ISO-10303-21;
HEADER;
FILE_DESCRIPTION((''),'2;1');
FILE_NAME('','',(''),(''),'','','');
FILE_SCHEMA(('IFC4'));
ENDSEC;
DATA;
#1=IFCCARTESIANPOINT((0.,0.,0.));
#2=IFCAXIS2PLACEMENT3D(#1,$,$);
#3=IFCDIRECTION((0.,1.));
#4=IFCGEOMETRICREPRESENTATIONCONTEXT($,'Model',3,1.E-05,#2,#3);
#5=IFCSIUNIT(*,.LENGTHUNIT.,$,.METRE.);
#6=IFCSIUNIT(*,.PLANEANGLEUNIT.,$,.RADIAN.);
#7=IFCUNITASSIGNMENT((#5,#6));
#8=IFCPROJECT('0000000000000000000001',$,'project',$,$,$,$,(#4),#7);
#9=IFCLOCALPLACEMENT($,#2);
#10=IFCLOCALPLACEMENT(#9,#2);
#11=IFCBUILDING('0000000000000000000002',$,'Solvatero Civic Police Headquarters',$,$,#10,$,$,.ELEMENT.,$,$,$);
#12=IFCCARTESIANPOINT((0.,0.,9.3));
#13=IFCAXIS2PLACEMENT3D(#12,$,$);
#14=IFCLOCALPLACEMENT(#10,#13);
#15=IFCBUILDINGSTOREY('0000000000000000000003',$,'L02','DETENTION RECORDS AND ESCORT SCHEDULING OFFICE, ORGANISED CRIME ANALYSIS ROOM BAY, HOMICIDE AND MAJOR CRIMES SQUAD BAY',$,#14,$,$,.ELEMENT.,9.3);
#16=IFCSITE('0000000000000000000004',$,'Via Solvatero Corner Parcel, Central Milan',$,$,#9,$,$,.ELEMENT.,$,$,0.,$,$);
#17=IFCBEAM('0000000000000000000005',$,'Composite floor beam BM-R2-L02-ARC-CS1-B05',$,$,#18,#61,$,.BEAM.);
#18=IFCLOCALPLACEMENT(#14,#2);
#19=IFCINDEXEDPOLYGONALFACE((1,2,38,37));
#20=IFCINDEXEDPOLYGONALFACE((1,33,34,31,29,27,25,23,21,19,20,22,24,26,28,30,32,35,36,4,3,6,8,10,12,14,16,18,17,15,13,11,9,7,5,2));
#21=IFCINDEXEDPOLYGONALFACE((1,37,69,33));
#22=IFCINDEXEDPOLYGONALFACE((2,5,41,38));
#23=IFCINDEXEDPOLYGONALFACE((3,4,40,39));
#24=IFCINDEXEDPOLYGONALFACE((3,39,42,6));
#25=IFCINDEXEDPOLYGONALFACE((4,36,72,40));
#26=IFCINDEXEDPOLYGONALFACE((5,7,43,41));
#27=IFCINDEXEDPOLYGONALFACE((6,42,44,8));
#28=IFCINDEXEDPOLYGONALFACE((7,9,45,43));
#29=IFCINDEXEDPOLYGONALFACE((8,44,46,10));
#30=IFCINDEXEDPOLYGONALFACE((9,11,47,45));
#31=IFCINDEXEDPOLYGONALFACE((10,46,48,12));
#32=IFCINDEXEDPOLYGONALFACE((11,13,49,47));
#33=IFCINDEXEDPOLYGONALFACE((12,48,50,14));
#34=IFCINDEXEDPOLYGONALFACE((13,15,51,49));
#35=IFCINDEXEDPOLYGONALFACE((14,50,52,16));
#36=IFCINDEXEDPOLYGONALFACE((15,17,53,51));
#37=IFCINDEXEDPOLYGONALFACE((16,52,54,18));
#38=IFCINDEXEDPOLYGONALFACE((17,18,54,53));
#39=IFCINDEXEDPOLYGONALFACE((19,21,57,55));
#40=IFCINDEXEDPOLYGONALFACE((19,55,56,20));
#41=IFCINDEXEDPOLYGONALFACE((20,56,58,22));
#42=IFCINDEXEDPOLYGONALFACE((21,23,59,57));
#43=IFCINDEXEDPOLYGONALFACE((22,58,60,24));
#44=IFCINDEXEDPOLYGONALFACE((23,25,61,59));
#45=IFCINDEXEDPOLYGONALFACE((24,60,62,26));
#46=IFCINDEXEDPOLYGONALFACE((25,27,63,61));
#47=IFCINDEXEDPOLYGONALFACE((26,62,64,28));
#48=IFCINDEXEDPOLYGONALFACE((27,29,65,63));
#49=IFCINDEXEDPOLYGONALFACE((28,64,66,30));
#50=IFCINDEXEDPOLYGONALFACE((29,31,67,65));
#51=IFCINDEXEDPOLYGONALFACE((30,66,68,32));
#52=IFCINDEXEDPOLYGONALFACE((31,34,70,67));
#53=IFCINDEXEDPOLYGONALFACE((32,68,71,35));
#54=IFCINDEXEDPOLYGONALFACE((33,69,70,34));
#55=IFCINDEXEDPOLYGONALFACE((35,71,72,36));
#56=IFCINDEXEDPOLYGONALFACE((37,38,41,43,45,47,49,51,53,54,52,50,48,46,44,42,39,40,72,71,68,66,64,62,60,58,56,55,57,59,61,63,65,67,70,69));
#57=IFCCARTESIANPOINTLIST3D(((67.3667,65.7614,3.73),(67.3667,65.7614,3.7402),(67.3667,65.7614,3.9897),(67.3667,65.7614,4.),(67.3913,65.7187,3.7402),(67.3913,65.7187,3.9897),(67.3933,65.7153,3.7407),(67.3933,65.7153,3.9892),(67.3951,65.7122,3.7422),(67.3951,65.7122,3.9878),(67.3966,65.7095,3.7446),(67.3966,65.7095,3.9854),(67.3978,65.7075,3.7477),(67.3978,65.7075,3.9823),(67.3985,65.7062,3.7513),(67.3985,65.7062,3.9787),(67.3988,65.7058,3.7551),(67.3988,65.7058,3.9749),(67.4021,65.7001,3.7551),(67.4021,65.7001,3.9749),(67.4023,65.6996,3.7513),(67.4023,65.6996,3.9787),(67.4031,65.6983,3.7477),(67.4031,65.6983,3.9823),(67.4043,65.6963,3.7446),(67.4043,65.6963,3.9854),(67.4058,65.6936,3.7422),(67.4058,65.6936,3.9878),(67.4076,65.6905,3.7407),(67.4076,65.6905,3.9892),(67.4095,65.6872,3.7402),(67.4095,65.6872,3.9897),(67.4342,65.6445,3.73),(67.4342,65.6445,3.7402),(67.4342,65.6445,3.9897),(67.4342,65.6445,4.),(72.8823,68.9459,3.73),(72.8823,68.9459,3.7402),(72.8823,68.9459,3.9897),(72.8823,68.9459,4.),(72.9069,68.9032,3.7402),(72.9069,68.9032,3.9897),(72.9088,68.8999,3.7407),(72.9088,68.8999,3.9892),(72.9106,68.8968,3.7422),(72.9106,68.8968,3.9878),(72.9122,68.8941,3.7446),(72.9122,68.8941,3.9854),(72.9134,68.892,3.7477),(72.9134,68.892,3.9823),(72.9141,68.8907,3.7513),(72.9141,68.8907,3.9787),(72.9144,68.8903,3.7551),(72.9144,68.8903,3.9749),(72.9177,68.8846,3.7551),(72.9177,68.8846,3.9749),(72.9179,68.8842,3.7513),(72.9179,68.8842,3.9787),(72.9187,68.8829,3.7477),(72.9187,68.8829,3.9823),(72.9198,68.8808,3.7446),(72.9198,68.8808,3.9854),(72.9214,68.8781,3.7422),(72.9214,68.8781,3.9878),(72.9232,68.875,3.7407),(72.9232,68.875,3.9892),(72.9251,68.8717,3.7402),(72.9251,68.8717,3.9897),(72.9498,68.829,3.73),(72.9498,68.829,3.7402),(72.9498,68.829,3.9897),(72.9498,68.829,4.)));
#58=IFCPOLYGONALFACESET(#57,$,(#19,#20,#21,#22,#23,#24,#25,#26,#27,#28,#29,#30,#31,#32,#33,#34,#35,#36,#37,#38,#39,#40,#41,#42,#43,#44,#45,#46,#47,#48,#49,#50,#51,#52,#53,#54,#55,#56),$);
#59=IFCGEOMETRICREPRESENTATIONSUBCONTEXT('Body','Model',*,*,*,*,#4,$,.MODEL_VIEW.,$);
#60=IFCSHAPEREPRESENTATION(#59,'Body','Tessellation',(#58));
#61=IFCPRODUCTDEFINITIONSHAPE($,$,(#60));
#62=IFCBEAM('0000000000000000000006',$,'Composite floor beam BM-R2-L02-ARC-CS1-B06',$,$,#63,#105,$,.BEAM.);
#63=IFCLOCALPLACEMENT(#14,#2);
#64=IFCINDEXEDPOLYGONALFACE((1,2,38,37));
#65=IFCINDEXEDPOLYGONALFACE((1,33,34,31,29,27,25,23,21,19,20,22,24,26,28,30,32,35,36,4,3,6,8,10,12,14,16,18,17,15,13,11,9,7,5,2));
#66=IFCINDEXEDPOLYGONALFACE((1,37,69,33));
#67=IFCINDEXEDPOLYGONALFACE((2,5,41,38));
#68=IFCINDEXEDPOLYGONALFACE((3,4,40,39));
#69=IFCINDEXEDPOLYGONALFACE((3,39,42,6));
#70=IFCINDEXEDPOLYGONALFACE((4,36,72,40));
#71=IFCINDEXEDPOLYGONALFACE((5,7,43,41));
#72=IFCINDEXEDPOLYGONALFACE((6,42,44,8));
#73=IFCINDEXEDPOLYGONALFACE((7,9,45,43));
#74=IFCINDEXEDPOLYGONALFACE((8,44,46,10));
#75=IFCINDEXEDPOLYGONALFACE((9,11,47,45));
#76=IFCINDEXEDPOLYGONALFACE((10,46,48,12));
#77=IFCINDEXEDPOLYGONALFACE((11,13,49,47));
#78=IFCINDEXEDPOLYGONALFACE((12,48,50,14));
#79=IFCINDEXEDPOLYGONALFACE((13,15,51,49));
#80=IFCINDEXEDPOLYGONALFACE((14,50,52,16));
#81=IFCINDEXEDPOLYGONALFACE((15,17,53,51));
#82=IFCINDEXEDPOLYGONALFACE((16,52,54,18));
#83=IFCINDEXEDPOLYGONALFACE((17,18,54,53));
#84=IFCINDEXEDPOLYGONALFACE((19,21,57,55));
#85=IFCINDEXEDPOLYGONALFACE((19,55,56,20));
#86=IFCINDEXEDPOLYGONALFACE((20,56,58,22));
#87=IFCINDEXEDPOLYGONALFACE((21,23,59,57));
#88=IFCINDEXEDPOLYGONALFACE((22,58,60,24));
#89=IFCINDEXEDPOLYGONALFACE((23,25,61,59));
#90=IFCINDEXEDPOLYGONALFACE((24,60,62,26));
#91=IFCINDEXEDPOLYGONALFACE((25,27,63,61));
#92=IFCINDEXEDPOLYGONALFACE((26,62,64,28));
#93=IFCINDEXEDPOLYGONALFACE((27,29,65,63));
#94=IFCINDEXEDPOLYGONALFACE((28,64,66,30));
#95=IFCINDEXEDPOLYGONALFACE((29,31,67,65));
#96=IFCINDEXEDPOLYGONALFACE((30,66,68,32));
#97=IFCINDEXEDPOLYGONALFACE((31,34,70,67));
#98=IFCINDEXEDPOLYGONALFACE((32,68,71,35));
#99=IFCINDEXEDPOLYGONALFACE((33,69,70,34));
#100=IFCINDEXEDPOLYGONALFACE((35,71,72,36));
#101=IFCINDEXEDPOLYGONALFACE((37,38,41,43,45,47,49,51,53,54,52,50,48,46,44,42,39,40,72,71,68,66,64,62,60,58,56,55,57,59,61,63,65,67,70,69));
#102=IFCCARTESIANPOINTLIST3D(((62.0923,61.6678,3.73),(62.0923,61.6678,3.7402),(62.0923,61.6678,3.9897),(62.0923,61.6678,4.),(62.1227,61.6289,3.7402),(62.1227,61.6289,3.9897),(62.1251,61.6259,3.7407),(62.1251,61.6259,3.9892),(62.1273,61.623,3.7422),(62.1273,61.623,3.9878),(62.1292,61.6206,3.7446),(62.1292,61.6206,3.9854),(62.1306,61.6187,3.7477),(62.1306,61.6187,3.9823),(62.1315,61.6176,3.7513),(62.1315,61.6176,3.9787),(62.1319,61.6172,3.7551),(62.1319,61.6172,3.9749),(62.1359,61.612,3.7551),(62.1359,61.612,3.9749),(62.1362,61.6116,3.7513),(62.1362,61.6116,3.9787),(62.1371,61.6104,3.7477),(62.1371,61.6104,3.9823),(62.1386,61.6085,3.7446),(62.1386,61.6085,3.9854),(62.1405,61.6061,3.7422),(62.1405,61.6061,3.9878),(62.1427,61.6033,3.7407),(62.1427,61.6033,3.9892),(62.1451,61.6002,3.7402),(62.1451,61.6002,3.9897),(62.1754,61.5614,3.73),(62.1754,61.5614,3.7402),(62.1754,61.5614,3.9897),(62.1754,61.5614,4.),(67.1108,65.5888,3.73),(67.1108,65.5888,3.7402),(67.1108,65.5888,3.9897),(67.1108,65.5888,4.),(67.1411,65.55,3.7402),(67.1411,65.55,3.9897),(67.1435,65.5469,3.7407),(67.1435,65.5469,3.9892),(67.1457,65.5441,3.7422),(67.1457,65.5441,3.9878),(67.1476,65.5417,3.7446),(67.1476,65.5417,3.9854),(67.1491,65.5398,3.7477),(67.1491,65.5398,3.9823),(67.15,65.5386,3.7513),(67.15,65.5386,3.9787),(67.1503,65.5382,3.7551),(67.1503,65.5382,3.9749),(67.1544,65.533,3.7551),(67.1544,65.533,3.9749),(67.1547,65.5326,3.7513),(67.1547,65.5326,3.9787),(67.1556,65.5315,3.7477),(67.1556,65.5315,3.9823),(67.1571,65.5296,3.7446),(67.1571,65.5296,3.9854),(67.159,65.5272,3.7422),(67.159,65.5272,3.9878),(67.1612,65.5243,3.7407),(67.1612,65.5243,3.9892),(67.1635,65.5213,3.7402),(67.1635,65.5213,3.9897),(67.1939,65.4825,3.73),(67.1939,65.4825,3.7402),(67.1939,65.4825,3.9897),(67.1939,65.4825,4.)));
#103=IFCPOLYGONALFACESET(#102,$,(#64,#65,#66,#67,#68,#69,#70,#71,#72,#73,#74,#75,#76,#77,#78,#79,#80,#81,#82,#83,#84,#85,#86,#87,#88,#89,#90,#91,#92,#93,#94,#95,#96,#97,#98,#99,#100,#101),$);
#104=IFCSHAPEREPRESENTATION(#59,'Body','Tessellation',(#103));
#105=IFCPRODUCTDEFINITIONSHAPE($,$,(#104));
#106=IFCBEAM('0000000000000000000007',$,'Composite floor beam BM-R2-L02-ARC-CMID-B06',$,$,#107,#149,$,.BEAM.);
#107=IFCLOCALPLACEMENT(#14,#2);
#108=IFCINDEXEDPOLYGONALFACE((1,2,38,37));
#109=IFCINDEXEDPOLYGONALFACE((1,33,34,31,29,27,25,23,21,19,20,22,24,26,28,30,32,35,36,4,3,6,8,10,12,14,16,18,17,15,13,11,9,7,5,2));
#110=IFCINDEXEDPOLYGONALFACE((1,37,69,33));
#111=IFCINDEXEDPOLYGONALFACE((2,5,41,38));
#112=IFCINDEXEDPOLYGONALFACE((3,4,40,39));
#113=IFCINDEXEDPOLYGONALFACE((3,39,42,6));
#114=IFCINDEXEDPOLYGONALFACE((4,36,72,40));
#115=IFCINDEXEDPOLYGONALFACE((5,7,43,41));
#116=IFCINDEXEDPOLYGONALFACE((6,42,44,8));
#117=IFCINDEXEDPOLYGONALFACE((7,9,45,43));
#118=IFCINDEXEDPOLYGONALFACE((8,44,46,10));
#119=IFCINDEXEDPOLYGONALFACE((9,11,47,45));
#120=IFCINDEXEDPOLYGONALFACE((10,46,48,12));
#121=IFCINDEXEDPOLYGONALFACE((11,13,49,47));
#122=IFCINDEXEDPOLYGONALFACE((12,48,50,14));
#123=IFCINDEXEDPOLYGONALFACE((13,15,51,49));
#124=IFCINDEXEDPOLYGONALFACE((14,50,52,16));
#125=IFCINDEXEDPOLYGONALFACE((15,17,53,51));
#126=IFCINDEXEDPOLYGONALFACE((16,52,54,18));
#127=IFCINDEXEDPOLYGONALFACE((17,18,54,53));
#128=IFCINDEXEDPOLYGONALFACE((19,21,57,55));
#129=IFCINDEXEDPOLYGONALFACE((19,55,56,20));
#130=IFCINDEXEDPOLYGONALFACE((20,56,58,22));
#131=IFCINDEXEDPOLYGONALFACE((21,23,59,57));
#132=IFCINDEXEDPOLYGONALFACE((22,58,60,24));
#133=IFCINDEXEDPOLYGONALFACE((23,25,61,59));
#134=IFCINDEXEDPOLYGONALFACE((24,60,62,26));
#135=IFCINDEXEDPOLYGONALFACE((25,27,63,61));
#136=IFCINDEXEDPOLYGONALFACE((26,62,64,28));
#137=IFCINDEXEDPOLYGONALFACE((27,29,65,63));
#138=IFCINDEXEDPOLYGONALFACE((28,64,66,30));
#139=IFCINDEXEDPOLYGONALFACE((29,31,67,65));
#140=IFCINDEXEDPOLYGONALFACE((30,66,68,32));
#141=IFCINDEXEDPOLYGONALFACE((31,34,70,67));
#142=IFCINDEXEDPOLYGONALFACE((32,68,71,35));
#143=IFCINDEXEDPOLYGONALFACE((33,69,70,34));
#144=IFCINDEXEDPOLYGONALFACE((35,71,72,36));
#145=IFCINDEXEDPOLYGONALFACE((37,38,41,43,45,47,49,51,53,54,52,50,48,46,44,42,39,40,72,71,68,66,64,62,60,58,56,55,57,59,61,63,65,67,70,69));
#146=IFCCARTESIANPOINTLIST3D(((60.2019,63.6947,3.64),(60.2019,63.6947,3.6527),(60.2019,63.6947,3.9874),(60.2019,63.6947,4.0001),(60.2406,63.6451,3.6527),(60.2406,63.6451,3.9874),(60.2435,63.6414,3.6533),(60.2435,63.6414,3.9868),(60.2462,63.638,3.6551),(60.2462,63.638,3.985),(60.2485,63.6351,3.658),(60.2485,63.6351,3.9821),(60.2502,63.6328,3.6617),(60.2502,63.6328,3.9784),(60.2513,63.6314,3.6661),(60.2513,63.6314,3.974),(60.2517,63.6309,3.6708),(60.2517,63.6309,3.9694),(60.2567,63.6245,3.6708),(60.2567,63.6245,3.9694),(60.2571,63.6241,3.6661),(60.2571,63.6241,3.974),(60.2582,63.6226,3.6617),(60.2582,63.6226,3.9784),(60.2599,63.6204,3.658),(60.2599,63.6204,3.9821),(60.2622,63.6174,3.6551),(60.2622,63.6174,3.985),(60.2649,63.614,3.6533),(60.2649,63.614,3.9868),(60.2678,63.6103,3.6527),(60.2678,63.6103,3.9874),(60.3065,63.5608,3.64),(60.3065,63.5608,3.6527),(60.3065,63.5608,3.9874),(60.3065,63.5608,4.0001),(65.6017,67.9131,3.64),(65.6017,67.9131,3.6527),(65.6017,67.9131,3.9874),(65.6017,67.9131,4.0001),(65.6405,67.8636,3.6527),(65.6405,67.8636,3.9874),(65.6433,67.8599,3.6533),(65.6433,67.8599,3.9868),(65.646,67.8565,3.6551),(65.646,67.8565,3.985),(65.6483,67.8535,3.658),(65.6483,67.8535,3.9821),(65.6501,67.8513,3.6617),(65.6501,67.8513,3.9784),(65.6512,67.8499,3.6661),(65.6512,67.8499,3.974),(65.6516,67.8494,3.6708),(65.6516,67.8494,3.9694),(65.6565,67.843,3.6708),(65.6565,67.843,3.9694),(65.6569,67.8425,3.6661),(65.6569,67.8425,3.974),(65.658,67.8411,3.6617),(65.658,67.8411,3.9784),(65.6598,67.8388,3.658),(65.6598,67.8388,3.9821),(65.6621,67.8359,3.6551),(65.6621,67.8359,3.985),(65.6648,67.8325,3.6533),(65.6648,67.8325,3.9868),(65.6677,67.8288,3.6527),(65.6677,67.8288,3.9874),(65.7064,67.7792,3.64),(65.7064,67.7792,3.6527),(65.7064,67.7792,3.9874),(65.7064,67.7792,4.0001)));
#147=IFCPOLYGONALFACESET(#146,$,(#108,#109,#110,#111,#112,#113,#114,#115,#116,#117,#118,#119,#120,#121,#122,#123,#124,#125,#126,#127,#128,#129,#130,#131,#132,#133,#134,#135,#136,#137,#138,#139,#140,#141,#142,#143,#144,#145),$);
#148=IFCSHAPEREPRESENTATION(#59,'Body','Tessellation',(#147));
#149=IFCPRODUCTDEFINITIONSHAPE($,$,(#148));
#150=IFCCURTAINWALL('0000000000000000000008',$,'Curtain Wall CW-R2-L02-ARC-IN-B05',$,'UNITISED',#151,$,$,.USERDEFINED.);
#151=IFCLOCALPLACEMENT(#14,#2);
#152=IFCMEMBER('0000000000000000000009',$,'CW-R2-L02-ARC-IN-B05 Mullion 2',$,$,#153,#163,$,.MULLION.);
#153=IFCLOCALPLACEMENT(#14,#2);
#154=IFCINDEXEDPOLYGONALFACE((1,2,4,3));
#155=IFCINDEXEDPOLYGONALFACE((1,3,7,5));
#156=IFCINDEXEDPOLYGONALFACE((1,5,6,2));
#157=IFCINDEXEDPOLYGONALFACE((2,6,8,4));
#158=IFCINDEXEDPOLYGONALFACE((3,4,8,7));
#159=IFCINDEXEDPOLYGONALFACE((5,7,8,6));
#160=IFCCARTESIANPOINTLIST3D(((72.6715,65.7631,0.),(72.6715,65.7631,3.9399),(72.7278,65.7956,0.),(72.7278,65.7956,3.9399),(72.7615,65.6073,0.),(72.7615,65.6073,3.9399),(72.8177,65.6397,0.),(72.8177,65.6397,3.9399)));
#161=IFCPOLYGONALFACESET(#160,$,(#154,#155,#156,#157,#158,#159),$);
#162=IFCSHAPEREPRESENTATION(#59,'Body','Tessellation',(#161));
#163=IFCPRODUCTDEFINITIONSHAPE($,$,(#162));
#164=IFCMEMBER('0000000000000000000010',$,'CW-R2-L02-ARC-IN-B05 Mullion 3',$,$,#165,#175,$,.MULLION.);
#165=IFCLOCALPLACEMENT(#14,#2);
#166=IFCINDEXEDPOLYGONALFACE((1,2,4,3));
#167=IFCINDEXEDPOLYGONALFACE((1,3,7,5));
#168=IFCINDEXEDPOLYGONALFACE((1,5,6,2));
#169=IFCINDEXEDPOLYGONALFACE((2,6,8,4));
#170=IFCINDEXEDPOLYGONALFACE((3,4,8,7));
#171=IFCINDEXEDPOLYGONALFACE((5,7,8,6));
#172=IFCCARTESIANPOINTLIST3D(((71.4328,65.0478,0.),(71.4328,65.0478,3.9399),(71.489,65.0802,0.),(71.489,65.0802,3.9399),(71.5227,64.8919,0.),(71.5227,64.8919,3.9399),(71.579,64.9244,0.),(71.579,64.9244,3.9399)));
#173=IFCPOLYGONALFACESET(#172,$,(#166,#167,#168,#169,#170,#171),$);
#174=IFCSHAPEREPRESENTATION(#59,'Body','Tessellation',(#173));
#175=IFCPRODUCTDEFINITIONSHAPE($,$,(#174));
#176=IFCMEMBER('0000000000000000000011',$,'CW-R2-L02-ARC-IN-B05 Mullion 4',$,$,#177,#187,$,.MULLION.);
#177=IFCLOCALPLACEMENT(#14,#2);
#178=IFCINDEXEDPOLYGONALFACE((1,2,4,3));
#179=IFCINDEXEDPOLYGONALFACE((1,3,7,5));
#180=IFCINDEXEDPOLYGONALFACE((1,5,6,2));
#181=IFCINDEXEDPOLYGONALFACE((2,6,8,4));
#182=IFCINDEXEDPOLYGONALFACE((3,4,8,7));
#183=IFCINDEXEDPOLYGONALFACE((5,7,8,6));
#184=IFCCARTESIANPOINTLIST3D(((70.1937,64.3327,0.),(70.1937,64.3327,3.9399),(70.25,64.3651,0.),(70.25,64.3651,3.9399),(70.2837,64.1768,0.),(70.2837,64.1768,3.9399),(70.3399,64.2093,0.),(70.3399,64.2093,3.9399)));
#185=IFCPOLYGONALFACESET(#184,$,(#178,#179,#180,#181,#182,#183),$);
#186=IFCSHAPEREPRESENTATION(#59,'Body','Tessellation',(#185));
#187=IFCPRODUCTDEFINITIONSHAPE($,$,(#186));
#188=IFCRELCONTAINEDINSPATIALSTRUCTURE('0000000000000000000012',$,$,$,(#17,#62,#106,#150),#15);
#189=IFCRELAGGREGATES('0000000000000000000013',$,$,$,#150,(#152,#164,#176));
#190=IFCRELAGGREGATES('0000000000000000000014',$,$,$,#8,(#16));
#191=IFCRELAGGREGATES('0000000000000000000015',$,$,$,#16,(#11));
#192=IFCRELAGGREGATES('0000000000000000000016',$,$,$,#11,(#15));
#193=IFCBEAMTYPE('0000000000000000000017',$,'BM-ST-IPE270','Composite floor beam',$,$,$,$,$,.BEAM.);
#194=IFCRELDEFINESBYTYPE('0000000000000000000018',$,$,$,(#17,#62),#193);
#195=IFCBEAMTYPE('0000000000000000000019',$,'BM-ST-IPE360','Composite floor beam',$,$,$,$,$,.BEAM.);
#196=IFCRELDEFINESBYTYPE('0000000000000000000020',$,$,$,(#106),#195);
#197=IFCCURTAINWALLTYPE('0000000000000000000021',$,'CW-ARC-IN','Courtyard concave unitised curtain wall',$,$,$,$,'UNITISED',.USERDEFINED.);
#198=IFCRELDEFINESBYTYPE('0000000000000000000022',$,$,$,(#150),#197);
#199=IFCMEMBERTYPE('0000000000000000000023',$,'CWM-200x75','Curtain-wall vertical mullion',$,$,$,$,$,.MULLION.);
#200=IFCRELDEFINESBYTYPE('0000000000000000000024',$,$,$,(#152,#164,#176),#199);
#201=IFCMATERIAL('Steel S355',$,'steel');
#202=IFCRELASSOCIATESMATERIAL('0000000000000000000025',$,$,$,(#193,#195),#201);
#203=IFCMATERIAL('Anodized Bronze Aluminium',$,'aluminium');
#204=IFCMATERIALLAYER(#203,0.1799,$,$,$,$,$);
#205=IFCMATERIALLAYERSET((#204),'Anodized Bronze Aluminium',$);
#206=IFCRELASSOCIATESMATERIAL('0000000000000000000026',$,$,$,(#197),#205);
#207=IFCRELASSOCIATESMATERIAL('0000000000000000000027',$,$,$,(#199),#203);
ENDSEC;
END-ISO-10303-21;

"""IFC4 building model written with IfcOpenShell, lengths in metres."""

from ifc_helpers import new_model, si_unit, direction, frame, origin, origin_2d, place, context, subcontext, project, spatial, rectangle, i_section, extrude, material, layer, layer_set, material_profile, profile_set, type_object, element, aggregate, save


model = new_model("IFC4")

# Units and contexts
model_context = context("Model", 3, precision=1e-05, world=origin(), true_north=direction((0.0, 1.0)))
body_context = subcontext(model_context, "Body", "Model", "MODEL_VIEW")
ifc_project = project(units=[si_unit("LENGTHUNIT", "METRE"), si_unit("PLANEANGLEUNIT", "RADIAN")], contexts=[model_context])

# Site, building, storey
site_placement = place(None, origin())
site = spatial("IfcSite", under=ifc_project, at=site_placement, Name="Via Solvatero Corner Parcel, Central Milan", CompositionType="ELEMENT", RefElevation=0.0)
building_placement = place(site_placement, origin())
building = spatial("IfcBuilding", under=site, at=building_placement, Name="Solvatero Civic Police Headquarters", CompositionType="ELEMENT")
storey_placement = place(building_placement, frame((0.0, 0.0, 9.3)))
storey = spatial("IfcBuildingStorey", under=building, at=storey_placement, Name="L02", Description="DETENTION RECORDS AND ESCORT SCHEDULING OFFICE, ORGANISED CRIME ANALYSIS ROOM BAY, HOMICIDE AND MAJOR CRIMES SQUAD BAY", CompositionType="ELEMENT", Elevation=9.3)

# Shared definitions
ifc_material_1 = material(Name="Steel S355", Category="steel")

# Beams
ifc_material_profile_1 = material_profile(ifc_material_1, i_section(OverallWidth=0.135, OverallDepth=0.27, WebThickness=0.0066, FlangeThickness=0.0103, FilletRadius=0.0149, at=origin_2d()), Name="IPE 270")
ifc_profile_set_1 = profile_set([ifc_material_profile_1], Name="Steel S355")
beam_type_1 = type_object("IfcBeamType", Name="BM-ST-IPE270", Description="Composite floor beam", PredefinedType="BEAM", material=ifc_profile_set_1)
beam_1_placement = place(storey_placement, frame((72.916, 68.8875, 3.865), z_axis=(-0.866017, -0.500014, 0.0), x_axis=(0.500014, -0.866017, 0.0)))
element("IfcBeam", 1, at=beam_1_placement, inside=storey, type_object=beam_type_1, Name="Composite floor beam BM-R2-L02-ARC-CS1-B05", PredefinedType="BEAM", context=body_context, shape_type="SweptSolid", body=[
    extrude(i_section(OverallWidth=0.135, OverallDepth=0.27, WebThickness=0.0066, FlangeThickness=0.0103, FilletRadius=0.0149, at=origin_2d()), origin(), (0.0, 0.0, 1.0), 6.3689),
])
beam_2_placement = place(storey_placement, frame((67.1523, 65.5356, 3.865), z_axis=(-0.787994, -0.615683, 0.0), x_axis=(0.615683, -0.787994, 0.0)))
element("IfcBeam", 2, at=beam_2_placement, inside=storey, type_object=beam_type_1, Name="Composite floor beam BM-R2-L02-ARC-CS1-B06", PredefinedType="BEAM", context=body_context, shape_type="SweptSolid", body=[
    extrude(i_section(OverallWidth=0.135, OverallDepth=0.27, WebThickness=0.0066, FlangeThickness=0.0103, FilletRadius=0.0149, at=origin_2d()), origin(), (0.0, 0.0, 1.0), 6.3687),
])
ifc_material_profile_2 = material_profile(ifc_material_1, i_section(OverallWidth=0.1699, OverallDepth=0.3601, WebThickness=0.0081, FlangeThickness=0.0127, FilletRadius=0.0181, at=origin_2d()), Name="IPE 360")
ifc_profile_set_2 = profile_set([ifc_material_profile_2], Name="Steel S355")
beam_type_2 = type_object("IfcBeamType", Name="BM-ST-IPE360", Description="Composite floor beam", PredefinedType="BEAM", material=ifc_profile_set_2)
beam_3_placement = place(storey_placement, frame((65.6541, 67.8462, 3.8201), z_axis=(-0.788036, -0.615629, 0.0), x_axis=(0.615629, -0.788036, 0.0)))
element("IfcBeam", 3, at=beam_3_placement, inside=storey, type_object=beam_type_2, Name="Composite floor beam BM-R2-L02-ARC-CMID-B06", PredefinedType="BEAM", context=body_context, shape_type="SweptSolid", body=[
    extrude(i_section(OverallWidth=0.1699, OverallDepth=0.3601, WebThickness=0.0081, FlangeThickness=0.0127, FilletRadius=0.0181, at=origin_2d()), origin(), (0.0, 0.0, 1.0), 6.8523),
])

# Curtain wall, members
ifc_material_2 = material(Name="Anodized Bronze Aluminium", Category="aluminium")
ifc_layer_1 = layer(ifc_material_2, 0.1799)
ifc_layer_set_1 = layer_set([ifc_layer_1], Name="Anodized Bronze Aluminium")
curtain_wall_type = type_object("IfcCurtainWallType", Name="CW-ARC-IN", Description="Courtyard concave unitised curtain wall", ElementType="UNITISED", PredefinedType="USERDEFINED", material=ifc_layer_set_1)
curtain_wall_placement = place(storey_placement, origin())
curtain_wall = element("IfcCurtainWall", 4, at=curtain_wall_placement, inside=storey, type_object=curtain_wall_type, Name="Curtain Wall CW-R2-L02-ARC-IN-B05", ObjectType="UNITISED", PredefinedType="USERDEFINED")
ifc_material_profile_3 = material_profile(ifc_material_2, rectangle(XDim=0.0649, YDim=0.1799, at=origin_2d()), Name="ALU MULLION 65x180")
ifc_profile_set_3 = profile_set([ifc_material_profile_3], Name="Anodized Bronze Aluminium")
member_type = type_object("IfcMemberType", Name="CWM-200x75", Description="Curtain-wall vertical mullion", PredefinedType="MULLION", material=ifc_profile_set_3)
member_1_placement = place(storey_placement, frame((72.7446, 65.7014, 0.0), z_axis=(0.0, 0.0, 1.0), x_axis=(-0.866025, -0.5, 0.0)))
member_1 = element("IfcMember", 5, at=member_1_placement, type_object=member_type, Name="CW-R2-L02-ARC-IN-B05 Mullion 2", PredefinedType="MULLION", context=body_context, shape_type="SweptSolid", body=[
    extrude(rectangle(XDim=0.0649, YDim=0.1799, at=origin_2d()), origin(), (0.0, 0.0, 1.0), 3.9399),
])
member_2_placement = place(storey_placement, frame((71.5059, 64.9861, 0.0), z_axis=(0.0, 0.0, 1.0), x_axis=(-0.866025, -0.5, 0.0)))
member_2 = element("IfcMember", 6, at=member_2_placement, type_object=member_type, Name="CW-R2-L02-ARC-IN-B05 Mullion 3", PredefinedType="MULLION", context=body_context, shape_type="SweptSolid", body=[
    extrude(rectangle(XDim=0.0649, YDim=0.1799, at=origin_2d()), origin(), (0.0, 0.0, 1.0), 3.9399),
])
member_3_placement = place(storey_placement, frame((70.2668, 64.271, 0.0), z_axis=(0.0, 0.0, 1.0), x_axis=(-0.866025, -0.5, 0.0)))
member_3 = element("IfcMember", 7, at=member_3_placement, type_object=member_type, Name="CW-R2-L02-ARC-IN-B05 Mullion 4", PredefinedType="MULLION", context=body_context, shape_type="SweptSolid", body=[
    extrude(rectangle(XDim=0.0649, YDim=0.1799, at=origin_2d()), origin(), (0.0, 0.0, 1.0), 3.9399),
])
aggregate(curtain_wall, [member_1, member_2, member_3])

save(model, "model.ifc")
